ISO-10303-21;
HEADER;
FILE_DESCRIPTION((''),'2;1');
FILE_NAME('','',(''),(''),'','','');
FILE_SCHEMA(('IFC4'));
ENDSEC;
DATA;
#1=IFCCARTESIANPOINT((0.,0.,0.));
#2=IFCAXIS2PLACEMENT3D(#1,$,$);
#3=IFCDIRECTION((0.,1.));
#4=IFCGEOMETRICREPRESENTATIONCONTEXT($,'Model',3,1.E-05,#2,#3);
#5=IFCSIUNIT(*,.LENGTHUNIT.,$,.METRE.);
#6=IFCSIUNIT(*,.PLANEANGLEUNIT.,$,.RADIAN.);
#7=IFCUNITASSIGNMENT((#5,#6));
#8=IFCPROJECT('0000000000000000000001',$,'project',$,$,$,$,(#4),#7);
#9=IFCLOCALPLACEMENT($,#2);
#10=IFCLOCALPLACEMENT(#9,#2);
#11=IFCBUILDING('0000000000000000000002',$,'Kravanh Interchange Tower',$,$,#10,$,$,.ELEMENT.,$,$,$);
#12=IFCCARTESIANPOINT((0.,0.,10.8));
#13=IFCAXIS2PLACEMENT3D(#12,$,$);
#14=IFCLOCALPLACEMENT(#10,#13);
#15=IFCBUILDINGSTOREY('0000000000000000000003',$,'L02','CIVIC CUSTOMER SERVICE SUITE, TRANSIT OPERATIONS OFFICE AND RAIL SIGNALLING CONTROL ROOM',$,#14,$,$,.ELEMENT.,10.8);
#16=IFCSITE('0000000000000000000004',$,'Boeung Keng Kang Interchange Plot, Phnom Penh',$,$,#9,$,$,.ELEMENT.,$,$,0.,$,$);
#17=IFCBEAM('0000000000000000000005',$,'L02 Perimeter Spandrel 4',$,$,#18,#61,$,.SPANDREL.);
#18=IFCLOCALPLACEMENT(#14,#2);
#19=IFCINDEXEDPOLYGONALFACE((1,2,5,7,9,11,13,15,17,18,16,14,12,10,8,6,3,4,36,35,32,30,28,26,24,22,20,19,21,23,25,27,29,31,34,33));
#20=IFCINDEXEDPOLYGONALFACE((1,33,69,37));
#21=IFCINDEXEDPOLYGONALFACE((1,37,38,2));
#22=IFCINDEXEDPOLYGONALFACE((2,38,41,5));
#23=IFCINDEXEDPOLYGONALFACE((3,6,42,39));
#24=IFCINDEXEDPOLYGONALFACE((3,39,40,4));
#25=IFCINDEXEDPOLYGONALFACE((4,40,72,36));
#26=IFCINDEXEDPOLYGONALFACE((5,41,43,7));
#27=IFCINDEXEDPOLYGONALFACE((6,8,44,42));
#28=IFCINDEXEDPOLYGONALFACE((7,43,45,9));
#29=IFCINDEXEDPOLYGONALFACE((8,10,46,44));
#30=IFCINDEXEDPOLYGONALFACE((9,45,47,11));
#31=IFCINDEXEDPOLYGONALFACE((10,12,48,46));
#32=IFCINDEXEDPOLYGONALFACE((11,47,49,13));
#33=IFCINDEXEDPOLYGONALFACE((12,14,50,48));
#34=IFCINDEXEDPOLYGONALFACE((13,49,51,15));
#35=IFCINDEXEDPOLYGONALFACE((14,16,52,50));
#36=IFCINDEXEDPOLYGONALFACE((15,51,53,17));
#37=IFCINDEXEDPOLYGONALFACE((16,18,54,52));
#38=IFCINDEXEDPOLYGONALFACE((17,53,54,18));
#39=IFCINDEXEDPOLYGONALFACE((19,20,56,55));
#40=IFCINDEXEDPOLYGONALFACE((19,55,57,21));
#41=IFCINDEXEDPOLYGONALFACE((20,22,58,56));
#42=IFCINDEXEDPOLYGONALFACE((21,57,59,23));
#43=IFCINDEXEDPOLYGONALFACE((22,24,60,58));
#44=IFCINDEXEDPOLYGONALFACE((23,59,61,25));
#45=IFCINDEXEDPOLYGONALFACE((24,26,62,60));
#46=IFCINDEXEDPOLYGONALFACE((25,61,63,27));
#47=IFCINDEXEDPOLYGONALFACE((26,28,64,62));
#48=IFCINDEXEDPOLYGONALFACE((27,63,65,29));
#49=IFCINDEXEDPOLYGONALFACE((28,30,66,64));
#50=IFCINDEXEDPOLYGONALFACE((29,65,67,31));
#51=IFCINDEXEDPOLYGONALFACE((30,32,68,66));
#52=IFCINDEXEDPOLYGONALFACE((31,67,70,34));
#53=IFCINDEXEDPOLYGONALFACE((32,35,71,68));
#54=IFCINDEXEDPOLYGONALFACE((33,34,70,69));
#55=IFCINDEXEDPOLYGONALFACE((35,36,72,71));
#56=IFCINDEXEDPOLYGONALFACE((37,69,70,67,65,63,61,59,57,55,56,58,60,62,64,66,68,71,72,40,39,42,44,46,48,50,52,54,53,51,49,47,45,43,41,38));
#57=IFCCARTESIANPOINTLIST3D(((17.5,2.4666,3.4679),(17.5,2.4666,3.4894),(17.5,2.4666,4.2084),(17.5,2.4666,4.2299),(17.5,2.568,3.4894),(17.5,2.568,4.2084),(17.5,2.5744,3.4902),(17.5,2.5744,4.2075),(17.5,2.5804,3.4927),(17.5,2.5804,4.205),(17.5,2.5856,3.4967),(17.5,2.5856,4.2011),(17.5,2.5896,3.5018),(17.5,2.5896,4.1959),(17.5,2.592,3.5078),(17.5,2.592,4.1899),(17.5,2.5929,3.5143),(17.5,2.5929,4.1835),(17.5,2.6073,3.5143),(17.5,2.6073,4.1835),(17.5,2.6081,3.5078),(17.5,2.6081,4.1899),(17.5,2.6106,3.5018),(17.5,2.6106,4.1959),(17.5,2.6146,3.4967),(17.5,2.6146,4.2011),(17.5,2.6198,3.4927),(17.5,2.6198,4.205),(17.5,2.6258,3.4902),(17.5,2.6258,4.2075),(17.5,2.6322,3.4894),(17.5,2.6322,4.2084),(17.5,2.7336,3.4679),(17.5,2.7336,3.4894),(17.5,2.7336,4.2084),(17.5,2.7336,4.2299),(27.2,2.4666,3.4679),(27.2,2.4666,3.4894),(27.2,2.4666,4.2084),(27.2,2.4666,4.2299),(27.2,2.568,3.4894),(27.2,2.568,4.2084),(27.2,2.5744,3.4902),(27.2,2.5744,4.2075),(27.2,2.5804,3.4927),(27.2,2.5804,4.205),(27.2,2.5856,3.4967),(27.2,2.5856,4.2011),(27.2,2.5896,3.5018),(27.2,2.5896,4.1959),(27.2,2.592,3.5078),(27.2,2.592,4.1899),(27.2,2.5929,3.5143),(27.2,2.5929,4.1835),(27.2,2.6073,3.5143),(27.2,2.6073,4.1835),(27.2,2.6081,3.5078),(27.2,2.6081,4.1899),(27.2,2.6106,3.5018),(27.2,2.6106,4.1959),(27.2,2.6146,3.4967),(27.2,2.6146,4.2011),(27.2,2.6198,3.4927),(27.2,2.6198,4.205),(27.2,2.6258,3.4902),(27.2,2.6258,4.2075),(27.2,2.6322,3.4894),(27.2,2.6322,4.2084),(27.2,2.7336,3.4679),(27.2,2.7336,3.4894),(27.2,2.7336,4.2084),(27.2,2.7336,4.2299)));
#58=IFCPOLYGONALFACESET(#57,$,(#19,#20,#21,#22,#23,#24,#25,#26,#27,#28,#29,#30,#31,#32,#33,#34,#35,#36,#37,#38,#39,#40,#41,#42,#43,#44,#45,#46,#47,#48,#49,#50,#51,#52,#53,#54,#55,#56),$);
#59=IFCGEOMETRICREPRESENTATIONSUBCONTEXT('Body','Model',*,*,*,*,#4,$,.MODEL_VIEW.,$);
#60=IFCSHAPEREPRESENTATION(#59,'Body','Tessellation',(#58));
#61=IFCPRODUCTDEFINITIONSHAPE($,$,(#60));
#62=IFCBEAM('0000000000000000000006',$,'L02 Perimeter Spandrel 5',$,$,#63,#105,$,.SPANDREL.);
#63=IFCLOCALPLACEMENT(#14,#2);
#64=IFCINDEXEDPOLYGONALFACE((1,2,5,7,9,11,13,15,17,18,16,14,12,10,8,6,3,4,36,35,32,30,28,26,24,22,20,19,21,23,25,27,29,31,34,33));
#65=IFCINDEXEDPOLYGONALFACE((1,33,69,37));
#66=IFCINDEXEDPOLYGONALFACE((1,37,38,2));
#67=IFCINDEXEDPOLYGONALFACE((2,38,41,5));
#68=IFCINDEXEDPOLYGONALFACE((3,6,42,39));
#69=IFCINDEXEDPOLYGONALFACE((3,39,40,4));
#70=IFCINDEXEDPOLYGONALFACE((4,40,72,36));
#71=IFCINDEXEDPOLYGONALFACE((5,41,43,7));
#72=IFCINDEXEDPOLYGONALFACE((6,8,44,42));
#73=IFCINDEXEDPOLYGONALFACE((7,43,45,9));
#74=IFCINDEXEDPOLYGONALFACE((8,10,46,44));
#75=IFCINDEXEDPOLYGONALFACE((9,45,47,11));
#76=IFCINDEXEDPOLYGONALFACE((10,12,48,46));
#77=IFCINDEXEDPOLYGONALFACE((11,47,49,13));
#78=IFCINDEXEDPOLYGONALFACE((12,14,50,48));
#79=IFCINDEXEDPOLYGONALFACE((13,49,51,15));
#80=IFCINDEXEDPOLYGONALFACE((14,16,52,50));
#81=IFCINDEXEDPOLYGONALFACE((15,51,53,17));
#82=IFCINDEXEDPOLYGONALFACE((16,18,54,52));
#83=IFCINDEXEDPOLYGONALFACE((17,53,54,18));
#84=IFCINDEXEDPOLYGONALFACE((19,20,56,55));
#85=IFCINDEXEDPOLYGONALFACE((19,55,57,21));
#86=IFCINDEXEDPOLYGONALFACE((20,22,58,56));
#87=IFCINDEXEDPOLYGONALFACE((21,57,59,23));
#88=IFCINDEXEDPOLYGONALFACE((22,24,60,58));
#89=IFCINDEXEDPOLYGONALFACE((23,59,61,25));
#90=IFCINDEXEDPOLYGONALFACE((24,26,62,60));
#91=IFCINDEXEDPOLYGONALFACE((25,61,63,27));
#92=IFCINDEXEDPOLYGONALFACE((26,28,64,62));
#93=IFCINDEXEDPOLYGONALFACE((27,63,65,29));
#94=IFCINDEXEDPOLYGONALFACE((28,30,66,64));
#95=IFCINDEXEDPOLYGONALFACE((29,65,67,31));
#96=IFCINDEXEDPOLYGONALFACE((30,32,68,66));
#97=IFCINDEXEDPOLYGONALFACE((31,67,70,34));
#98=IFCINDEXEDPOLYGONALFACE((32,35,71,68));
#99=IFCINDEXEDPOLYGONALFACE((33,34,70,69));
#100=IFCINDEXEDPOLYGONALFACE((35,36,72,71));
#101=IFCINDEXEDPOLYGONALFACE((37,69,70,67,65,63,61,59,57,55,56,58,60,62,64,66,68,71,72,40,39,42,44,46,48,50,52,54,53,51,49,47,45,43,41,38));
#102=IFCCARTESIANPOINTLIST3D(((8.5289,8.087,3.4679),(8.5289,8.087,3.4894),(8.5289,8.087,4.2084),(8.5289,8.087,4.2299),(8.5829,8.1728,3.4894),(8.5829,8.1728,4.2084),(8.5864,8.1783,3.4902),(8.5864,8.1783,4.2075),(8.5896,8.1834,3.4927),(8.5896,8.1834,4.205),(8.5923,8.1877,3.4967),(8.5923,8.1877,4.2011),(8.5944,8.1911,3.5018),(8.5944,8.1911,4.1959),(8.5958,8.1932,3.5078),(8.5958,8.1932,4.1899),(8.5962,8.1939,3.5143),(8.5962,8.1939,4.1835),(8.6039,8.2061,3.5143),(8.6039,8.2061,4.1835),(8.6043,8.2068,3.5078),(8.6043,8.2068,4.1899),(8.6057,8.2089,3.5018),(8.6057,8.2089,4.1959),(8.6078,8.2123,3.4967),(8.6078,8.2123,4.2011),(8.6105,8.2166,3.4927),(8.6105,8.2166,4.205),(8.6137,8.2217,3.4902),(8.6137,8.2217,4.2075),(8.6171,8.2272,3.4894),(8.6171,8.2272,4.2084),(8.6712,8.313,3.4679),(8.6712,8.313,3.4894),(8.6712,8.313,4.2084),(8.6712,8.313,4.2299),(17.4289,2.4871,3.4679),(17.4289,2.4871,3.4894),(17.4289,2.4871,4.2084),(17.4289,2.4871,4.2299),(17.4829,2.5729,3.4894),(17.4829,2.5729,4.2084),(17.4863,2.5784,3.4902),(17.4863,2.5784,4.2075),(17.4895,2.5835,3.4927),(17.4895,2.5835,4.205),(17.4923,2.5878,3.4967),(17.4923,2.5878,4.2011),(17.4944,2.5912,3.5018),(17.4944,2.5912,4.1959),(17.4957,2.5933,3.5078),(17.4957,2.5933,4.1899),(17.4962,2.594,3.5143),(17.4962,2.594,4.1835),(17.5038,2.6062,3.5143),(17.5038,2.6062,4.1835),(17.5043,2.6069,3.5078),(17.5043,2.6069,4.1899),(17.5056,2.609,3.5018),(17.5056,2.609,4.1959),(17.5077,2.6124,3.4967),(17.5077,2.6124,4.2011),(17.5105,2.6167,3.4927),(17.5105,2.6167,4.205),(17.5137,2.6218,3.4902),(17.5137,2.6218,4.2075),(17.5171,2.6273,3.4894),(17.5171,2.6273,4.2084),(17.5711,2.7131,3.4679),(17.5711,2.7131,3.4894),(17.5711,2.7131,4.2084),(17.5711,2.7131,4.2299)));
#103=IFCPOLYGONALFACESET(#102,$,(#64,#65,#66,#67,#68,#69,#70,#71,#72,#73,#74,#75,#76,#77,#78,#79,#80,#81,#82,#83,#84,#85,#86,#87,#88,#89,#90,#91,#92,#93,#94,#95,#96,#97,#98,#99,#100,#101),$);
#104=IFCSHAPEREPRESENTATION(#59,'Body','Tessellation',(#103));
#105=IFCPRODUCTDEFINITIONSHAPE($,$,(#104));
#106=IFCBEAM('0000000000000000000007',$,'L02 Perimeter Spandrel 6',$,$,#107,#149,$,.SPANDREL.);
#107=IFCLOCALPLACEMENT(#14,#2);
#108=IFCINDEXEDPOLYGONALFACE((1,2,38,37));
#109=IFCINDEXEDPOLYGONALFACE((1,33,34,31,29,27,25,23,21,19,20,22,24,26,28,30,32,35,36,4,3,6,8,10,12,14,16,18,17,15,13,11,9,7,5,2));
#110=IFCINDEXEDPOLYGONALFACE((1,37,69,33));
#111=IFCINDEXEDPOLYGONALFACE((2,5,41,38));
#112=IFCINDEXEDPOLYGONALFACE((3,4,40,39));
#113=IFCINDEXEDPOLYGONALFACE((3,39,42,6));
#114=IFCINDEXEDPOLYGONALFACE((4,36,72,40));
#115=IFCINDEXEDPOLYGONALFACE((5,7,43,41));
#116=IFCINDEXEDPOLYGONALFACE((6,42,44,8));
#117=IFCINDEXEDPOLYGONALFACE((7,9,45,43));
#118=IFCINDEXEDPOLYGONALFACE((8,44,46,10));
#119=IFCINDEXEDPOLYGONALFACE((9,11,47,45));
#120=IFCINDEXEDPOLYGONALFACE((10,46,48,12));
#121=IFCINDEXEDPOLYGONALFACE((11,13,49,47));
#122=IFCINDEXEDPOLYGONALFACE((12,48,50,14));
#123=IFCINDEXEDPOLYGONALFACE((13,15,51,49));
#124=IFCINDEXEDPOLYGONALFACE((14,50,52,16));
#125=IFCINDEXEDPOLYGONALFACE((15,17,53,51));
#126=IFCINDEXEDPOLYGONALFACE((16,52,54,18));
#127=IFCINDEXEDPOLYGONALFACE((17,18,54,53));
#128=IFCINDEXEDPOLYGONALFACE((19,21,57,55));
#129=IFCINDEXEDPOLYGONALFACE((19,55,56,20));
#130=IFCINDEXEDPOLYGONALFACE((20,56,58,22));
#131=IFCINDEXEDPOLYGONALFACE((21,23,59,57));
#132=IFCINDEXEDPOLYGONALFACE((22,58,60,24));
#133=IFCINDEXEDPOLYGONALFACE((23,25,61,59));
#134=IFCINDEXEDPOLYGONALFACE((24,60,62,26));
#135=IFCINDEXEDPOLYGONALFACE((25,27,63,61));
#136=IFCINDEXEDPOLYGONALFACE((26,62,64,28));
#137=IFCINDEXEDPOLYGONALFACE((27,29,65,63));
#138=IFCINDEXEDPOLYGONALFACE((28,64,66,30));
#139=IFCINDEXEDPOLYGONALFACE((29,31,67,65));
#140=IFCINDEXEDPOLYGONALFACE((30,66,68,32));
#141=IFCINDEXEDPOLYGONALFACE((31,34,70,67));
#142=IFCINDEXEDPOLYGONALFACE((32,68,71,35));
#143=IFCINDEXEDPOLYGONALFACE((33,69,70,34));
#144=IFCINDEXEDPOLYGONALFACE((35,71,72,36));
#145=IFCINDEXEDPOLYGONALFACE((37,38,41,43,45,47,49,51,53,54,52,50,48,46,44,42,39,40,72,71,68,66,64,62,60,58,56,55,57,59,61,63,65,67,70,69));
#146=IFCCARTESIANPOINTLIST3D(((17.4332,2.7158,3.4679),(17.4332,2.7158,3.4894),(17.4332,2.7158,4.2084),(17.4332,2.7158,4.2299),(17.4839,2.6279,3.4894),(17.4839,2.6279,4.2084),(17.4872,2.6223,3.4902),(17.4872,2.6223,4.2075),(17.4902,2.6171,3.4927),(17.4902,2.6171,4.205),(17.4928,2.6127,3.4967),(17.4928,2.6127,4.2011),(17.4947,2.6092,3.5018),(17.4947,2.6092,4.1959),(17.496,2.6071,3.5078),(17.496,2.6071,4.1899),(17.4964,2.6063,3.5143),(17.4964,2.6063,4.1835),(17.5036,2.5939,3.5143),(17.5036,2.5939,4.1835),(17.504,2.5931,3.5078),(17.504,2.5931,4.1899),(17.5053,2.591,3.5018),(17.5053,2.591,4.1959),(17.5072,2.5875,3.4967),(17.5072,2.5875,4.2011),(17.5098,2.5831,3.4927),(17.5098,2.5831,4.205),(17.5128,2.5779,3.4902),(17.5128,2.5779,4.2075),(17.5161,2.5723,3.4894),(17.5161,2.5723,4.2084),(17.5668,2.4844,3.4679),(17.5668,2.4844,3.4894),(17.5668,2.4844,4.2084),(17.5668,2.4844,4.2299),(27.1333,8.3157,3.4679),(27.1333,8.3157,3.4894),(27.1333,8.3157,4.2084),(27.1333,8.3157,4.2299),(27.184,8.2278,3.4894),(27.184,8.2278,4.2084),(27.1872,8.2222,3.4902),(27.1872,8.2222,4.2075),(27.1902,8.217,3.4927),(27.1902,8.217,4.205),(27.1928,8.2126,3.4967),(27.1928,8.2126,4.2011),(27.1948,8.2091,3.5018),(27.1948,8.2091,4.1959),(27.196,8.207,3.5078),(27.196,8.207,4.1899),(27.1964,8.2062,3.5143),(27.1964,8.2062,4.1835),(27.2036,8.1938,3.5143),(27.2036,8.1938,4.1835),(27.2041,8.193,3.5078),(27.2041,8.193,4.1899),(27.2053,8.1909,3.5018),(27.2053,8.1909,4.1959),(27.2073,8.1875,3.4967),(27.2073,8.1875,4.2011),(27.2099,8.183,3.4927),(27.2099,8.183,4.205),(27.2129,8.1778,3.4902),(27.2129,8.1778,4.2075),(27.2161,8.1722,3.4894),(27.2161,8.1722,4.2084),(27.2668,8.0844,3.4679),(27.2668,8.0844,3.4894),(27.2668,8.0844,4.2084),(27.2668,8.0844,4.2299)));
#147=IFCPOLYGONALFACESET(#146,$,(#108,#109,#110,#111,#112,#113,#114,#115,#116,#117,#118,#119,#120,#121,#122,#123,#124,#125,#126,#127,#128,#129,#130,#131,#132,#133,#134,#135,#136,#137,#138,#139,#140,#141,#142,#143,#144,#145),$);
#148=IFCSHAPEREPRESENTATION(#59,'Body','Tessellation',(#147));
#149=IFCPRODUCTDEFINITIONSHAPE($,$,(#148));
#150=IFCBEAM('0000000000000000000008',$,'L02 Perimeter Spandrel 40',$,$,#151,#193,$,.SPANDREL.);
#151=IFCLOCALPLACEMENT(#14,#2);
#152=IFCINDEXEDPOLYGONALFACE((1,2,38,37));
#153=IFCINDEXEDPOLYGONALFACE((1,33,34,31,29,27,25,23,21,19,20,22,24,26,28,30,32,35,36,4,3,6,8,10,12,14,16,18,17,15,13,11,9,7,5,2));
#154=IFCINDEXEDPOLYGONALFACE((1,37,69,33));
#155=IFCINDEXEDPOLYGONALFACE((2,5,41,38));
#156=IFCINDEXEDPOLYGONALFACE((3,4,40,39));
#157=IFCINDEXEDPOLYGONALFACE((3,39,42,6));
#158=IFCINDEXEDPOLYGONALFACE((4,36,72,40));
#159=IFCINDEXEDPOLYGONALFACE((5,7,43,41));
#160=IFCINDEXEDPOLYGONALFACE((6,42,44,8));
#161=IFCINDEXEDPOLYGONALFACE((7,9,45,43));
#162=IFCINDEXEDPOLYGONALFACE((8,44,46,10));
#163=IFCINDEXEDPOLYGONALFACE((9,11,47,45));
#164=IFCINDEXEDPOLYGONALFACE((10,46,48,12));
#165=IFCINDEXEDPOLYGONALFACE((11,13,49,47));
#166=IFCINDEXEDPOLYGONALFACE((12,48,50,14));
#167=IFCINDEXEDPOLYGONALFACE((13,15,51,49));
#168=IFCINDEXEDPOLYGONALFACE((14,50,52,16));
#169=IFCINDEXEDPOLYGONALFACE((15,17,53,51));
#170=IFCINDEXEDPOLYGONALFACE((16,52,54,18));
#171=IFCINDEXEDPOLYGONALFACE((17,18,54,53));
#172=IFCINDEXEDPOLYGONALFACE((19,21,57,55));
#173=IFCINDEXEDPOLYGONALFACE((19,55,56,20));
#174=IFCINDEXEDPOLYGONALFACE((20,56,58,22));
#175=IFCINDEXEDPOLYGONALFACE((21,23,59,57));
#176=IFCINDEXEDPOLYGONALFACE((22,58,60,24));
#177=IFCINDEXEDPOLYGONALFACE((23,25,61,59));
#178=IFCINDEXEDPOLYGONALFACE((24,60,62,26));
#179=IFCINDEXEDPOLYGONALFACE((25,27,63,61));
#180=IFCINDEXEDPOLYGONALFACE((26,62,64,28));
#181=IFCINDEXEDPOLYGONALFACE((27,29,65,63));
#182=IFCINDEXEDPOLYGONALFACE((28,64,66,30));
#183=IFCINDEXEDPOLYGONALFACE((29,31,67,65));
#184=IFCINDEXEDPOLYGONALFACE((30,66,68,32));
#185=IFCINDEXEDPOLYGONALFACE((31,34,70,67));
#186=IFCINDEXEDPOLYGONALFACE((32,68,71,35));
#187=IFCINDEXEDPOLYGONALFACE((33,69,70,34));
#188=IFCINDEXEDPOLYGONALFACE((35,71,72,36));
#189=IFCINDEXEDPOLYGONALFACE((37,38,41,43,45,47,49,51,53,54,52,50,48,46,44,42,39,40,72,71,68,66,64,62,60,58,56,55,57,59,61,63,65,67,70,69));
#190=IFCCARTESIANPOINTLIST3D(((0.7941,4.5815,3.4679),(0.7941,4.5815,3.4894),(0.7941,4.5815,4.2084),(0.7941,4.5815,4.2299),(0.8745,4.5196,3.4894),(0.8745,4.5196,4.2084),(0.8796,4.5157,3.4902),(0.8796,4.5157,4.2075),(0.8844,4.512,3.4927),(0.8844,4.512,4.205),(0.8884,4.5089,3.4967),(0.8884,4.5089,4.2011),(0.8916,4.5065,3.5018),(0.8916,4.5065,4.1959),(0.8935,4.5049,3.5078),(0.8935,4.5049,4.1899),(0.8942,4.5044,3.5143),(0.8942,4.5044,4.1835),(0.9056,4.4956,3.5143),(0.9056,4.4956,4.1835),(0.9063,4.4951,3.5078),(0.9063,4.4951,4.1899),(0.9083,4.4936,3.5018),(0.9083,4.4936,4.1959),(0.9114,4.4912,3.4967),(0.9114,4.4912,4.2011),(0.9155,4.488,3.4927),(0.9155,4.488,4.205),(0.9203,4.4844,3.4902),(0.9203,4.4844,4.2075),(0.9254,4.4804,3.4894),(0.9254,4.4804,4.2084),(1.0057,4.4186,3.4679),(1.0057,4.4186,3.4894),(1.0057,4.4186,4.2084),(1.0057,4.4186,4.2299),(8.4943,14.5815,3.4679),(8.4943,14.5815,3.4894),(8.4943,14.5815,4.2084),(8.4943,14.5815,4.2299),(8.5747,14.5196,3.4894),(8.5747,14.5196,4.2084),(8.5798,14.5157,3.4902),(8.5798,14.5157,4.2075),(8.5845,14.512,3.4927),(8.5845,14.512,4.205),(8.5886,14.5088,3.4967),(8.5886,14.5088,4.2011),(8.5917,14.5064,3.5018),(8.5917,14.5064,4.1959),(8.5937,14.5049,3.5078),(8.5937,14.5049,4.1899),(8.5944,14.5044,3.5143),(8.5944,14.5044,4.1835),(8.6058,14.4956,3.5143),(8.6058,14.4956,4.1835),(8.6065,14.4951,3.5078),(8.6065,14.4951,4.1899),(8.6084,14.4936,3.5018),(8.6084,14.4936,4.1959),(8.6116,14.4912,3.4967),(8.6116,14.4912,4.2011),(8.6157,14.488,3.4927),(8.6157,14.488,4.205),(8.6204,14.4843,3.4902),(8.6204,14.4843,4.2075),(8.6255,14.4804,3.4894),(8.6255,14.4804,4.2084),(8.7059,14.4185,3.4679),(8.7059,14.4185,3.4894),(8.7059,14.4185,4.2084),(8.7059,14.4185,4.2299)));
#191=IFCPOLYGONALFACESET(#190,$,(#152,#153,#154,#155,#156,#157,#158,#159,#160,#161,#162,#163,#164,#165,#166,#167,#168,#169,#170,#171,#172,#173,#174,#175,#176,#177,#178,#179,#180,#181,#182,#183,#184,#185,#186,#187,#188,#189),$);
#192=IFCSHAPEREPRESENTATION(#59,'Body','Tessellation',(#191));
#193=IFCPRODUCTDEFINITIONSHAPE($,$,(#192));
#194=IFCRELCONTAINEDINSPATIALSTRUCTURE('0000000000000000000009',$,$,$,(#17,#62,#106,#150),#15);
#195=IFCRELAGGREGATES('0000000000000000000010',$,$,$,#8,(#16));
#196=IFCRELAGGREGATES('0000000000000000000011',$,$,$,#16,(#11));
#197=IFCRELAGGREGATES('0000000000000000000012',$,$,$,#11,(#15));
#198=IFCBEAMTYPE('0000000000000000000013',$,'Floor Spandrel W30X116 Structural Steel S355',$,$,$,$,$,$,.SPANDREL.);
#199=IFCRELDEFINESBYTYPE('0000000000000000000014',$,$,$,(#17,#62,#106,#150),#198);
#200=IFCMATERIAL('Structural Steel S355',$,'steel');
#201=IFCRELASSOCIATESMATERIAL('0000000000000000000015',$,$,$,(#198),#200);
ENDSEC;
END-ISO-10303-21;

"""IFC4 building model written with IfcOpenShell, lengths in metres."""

from ifc_helpers import new_model, si_unit, direction, frame, origin, origin_2d, place, context, subcontext, project, spatial, i_section, extrude, material, material_profile, profile_set, type_object, element, save


model = new_model("IFC4")

# Units and contexts
model_context = context("Model", 3, precision=1e-05, world=origin(), true_north=direction((0.0, 1.0)))
body_context = subcontext(model_context, "Body", "Model", "MODEL_VIEW")
ifc_project = project(units=[si_unit("LENGTHUNIT", "METRE"), si_unit("PLANEANGLEUNIT", "RADIAN")], contexts=[model_context])

# Site, building, storey
site_placement = place(None, origin())
site = spatial("IfcSite", under=ifc_project, at=site_placement, Name="Boeung Keng Kang Interchange Plot, Phnom Penh", CompositionType="ELEMENT", RefElevation=0.0)
building_placement = place(site_placement, origin())
building = spatial("IfcBuilding", under=site, at=building_placement, Name="Kravanh Interchange Tower", CompositionType="ELEMENT")
storey_placement = place(building_placement, frame((0.0, 0.0, 10.8)))
storey = spatial("IfcBuildingStorey", under=building, at=storey_placement, Name="L02", Description="CIVIC CUSTOMER SERVICE SUITE, TRANSIT OPERATIONS OFFICE AND RAIL SIGNALLING CONTROL ROOM", CompositionType="ELEMENT", Elevation=10.8)

# Beams
ifc_material_1 = material(Name="Structural Steel S355", Category="steel")
ifc_material_profile_1 = material_profile(ifc_material_1, i_section(OverallWidth=0.2671, OverallDepth=0.762, WebThickness=0.0144, FlangeThickness=0.0215, FilletRadius=0.0249, at=origin_2d()), Name="W30X116")
ifc_profile_set_1 = profile_set([ifc_material_profile_1], Name="Structural Steel S355")
beam_type_1 = type_object("IfcBeamType", Name="Floor Spandrel W30X116 Structural Steel S355", PredefinedType="SPANDREL", material=ifc_profile_set_1)
beam_1_placement = place(storey_placement, frame((17.5, 2.6001, 3.8489), z_axis=(1.0, 0.0, 0.0), x_axis=(0.0, 1.0, 0.0)))
element("IfcBeam", 1, at=beam_1_placement, inside=storey, type_object=beam_type_1, Name="L02 Perimeter Spandrel 4", PredefinedType="SPANDREL", context=body_context, shape_type="SweptSolid", body=[
    extrude(i_section(OverallWidth=0.2671, OverallDepth=0.762, WebThickness=0.0144, FlangeThickness=0.0215, FilletRadius=0.0249, at=origin_2d()), origin(), (0.0, 0.0, 1.0), 9.7),
])
beam_2_placement = place(storey_placement, frame((17.5, 2.6001, 3.8489), z_axis=(-0.846395, 0.532555, 0.0), x_axis=(-0.532555, -0.846395, 0.0)))
element("IfcBeam", 2, at=beam_2_placement, inside=storey, type_object=beam_type_1, Name="L02 Perimeter Spandrel 5", PredefinedType="SPANDREL", context=body_context, shape_type="SweptSolid", body=[
    extrude(i_section(OverallWidth=0.2671, OverallDepth=0.762, WebThickness=0.0144, FlangeThickness=0.0215, FilletRadius=0.0249, at=origin_2d()), origin(), (0.0, 0.0, 1.0), 10.5151),
])
beam_3_placement = place(storey_placement, frame((17.5, 2.6001, 3.8489), z_axis=(0.866041, 0.499972, 0.0), x_axis=(-0.499972, 0.866041, 0.0)))
element("IfcBeam", 3, at=beam_3_placement, inside=storey, type_object=beam_type_1, Name="L02 Perimeter Spandrel 6", PredefinedType="SPANDREL", context=body_context, shape_type="SweptSolid", body=[
    extrude(i_section(OverallWidth=0.2671, OverallDepth=0.762, WebThickness=0.0144, FlangeThickness=0.0215, FilletRadius=0.0249, at=origin_2d()), origin(), (0.0, 0.0, 1.0), 11.2004),
])
beam_4_placement = place(storey_placement, frame((8.6001, 14.5, 3.8489), z_axis=(-0.610103, -0.792322, 0.0), x_axis=(0.792322, -0.610103, 0.0)))
element("IfcBeam", 4, at=beam_4_placement, inside=storey, type_object=beam_type_1, Name="L02 Perimeter Spandrel 40", PredefinedType="SPANDREL", context=body_context, shape_type="SweptSolid", body=[
    extrude(i_section(OverallWidth=0.2671, OverallDepth=0.762, WebThickness=0.0144, FlangeThickness=0.0215, FilletRadius=0.0249, at=origin_2d()), origin(), (0.0, 0.0, 1.0), 12.6211),
])

save(model, "model.ifc")
